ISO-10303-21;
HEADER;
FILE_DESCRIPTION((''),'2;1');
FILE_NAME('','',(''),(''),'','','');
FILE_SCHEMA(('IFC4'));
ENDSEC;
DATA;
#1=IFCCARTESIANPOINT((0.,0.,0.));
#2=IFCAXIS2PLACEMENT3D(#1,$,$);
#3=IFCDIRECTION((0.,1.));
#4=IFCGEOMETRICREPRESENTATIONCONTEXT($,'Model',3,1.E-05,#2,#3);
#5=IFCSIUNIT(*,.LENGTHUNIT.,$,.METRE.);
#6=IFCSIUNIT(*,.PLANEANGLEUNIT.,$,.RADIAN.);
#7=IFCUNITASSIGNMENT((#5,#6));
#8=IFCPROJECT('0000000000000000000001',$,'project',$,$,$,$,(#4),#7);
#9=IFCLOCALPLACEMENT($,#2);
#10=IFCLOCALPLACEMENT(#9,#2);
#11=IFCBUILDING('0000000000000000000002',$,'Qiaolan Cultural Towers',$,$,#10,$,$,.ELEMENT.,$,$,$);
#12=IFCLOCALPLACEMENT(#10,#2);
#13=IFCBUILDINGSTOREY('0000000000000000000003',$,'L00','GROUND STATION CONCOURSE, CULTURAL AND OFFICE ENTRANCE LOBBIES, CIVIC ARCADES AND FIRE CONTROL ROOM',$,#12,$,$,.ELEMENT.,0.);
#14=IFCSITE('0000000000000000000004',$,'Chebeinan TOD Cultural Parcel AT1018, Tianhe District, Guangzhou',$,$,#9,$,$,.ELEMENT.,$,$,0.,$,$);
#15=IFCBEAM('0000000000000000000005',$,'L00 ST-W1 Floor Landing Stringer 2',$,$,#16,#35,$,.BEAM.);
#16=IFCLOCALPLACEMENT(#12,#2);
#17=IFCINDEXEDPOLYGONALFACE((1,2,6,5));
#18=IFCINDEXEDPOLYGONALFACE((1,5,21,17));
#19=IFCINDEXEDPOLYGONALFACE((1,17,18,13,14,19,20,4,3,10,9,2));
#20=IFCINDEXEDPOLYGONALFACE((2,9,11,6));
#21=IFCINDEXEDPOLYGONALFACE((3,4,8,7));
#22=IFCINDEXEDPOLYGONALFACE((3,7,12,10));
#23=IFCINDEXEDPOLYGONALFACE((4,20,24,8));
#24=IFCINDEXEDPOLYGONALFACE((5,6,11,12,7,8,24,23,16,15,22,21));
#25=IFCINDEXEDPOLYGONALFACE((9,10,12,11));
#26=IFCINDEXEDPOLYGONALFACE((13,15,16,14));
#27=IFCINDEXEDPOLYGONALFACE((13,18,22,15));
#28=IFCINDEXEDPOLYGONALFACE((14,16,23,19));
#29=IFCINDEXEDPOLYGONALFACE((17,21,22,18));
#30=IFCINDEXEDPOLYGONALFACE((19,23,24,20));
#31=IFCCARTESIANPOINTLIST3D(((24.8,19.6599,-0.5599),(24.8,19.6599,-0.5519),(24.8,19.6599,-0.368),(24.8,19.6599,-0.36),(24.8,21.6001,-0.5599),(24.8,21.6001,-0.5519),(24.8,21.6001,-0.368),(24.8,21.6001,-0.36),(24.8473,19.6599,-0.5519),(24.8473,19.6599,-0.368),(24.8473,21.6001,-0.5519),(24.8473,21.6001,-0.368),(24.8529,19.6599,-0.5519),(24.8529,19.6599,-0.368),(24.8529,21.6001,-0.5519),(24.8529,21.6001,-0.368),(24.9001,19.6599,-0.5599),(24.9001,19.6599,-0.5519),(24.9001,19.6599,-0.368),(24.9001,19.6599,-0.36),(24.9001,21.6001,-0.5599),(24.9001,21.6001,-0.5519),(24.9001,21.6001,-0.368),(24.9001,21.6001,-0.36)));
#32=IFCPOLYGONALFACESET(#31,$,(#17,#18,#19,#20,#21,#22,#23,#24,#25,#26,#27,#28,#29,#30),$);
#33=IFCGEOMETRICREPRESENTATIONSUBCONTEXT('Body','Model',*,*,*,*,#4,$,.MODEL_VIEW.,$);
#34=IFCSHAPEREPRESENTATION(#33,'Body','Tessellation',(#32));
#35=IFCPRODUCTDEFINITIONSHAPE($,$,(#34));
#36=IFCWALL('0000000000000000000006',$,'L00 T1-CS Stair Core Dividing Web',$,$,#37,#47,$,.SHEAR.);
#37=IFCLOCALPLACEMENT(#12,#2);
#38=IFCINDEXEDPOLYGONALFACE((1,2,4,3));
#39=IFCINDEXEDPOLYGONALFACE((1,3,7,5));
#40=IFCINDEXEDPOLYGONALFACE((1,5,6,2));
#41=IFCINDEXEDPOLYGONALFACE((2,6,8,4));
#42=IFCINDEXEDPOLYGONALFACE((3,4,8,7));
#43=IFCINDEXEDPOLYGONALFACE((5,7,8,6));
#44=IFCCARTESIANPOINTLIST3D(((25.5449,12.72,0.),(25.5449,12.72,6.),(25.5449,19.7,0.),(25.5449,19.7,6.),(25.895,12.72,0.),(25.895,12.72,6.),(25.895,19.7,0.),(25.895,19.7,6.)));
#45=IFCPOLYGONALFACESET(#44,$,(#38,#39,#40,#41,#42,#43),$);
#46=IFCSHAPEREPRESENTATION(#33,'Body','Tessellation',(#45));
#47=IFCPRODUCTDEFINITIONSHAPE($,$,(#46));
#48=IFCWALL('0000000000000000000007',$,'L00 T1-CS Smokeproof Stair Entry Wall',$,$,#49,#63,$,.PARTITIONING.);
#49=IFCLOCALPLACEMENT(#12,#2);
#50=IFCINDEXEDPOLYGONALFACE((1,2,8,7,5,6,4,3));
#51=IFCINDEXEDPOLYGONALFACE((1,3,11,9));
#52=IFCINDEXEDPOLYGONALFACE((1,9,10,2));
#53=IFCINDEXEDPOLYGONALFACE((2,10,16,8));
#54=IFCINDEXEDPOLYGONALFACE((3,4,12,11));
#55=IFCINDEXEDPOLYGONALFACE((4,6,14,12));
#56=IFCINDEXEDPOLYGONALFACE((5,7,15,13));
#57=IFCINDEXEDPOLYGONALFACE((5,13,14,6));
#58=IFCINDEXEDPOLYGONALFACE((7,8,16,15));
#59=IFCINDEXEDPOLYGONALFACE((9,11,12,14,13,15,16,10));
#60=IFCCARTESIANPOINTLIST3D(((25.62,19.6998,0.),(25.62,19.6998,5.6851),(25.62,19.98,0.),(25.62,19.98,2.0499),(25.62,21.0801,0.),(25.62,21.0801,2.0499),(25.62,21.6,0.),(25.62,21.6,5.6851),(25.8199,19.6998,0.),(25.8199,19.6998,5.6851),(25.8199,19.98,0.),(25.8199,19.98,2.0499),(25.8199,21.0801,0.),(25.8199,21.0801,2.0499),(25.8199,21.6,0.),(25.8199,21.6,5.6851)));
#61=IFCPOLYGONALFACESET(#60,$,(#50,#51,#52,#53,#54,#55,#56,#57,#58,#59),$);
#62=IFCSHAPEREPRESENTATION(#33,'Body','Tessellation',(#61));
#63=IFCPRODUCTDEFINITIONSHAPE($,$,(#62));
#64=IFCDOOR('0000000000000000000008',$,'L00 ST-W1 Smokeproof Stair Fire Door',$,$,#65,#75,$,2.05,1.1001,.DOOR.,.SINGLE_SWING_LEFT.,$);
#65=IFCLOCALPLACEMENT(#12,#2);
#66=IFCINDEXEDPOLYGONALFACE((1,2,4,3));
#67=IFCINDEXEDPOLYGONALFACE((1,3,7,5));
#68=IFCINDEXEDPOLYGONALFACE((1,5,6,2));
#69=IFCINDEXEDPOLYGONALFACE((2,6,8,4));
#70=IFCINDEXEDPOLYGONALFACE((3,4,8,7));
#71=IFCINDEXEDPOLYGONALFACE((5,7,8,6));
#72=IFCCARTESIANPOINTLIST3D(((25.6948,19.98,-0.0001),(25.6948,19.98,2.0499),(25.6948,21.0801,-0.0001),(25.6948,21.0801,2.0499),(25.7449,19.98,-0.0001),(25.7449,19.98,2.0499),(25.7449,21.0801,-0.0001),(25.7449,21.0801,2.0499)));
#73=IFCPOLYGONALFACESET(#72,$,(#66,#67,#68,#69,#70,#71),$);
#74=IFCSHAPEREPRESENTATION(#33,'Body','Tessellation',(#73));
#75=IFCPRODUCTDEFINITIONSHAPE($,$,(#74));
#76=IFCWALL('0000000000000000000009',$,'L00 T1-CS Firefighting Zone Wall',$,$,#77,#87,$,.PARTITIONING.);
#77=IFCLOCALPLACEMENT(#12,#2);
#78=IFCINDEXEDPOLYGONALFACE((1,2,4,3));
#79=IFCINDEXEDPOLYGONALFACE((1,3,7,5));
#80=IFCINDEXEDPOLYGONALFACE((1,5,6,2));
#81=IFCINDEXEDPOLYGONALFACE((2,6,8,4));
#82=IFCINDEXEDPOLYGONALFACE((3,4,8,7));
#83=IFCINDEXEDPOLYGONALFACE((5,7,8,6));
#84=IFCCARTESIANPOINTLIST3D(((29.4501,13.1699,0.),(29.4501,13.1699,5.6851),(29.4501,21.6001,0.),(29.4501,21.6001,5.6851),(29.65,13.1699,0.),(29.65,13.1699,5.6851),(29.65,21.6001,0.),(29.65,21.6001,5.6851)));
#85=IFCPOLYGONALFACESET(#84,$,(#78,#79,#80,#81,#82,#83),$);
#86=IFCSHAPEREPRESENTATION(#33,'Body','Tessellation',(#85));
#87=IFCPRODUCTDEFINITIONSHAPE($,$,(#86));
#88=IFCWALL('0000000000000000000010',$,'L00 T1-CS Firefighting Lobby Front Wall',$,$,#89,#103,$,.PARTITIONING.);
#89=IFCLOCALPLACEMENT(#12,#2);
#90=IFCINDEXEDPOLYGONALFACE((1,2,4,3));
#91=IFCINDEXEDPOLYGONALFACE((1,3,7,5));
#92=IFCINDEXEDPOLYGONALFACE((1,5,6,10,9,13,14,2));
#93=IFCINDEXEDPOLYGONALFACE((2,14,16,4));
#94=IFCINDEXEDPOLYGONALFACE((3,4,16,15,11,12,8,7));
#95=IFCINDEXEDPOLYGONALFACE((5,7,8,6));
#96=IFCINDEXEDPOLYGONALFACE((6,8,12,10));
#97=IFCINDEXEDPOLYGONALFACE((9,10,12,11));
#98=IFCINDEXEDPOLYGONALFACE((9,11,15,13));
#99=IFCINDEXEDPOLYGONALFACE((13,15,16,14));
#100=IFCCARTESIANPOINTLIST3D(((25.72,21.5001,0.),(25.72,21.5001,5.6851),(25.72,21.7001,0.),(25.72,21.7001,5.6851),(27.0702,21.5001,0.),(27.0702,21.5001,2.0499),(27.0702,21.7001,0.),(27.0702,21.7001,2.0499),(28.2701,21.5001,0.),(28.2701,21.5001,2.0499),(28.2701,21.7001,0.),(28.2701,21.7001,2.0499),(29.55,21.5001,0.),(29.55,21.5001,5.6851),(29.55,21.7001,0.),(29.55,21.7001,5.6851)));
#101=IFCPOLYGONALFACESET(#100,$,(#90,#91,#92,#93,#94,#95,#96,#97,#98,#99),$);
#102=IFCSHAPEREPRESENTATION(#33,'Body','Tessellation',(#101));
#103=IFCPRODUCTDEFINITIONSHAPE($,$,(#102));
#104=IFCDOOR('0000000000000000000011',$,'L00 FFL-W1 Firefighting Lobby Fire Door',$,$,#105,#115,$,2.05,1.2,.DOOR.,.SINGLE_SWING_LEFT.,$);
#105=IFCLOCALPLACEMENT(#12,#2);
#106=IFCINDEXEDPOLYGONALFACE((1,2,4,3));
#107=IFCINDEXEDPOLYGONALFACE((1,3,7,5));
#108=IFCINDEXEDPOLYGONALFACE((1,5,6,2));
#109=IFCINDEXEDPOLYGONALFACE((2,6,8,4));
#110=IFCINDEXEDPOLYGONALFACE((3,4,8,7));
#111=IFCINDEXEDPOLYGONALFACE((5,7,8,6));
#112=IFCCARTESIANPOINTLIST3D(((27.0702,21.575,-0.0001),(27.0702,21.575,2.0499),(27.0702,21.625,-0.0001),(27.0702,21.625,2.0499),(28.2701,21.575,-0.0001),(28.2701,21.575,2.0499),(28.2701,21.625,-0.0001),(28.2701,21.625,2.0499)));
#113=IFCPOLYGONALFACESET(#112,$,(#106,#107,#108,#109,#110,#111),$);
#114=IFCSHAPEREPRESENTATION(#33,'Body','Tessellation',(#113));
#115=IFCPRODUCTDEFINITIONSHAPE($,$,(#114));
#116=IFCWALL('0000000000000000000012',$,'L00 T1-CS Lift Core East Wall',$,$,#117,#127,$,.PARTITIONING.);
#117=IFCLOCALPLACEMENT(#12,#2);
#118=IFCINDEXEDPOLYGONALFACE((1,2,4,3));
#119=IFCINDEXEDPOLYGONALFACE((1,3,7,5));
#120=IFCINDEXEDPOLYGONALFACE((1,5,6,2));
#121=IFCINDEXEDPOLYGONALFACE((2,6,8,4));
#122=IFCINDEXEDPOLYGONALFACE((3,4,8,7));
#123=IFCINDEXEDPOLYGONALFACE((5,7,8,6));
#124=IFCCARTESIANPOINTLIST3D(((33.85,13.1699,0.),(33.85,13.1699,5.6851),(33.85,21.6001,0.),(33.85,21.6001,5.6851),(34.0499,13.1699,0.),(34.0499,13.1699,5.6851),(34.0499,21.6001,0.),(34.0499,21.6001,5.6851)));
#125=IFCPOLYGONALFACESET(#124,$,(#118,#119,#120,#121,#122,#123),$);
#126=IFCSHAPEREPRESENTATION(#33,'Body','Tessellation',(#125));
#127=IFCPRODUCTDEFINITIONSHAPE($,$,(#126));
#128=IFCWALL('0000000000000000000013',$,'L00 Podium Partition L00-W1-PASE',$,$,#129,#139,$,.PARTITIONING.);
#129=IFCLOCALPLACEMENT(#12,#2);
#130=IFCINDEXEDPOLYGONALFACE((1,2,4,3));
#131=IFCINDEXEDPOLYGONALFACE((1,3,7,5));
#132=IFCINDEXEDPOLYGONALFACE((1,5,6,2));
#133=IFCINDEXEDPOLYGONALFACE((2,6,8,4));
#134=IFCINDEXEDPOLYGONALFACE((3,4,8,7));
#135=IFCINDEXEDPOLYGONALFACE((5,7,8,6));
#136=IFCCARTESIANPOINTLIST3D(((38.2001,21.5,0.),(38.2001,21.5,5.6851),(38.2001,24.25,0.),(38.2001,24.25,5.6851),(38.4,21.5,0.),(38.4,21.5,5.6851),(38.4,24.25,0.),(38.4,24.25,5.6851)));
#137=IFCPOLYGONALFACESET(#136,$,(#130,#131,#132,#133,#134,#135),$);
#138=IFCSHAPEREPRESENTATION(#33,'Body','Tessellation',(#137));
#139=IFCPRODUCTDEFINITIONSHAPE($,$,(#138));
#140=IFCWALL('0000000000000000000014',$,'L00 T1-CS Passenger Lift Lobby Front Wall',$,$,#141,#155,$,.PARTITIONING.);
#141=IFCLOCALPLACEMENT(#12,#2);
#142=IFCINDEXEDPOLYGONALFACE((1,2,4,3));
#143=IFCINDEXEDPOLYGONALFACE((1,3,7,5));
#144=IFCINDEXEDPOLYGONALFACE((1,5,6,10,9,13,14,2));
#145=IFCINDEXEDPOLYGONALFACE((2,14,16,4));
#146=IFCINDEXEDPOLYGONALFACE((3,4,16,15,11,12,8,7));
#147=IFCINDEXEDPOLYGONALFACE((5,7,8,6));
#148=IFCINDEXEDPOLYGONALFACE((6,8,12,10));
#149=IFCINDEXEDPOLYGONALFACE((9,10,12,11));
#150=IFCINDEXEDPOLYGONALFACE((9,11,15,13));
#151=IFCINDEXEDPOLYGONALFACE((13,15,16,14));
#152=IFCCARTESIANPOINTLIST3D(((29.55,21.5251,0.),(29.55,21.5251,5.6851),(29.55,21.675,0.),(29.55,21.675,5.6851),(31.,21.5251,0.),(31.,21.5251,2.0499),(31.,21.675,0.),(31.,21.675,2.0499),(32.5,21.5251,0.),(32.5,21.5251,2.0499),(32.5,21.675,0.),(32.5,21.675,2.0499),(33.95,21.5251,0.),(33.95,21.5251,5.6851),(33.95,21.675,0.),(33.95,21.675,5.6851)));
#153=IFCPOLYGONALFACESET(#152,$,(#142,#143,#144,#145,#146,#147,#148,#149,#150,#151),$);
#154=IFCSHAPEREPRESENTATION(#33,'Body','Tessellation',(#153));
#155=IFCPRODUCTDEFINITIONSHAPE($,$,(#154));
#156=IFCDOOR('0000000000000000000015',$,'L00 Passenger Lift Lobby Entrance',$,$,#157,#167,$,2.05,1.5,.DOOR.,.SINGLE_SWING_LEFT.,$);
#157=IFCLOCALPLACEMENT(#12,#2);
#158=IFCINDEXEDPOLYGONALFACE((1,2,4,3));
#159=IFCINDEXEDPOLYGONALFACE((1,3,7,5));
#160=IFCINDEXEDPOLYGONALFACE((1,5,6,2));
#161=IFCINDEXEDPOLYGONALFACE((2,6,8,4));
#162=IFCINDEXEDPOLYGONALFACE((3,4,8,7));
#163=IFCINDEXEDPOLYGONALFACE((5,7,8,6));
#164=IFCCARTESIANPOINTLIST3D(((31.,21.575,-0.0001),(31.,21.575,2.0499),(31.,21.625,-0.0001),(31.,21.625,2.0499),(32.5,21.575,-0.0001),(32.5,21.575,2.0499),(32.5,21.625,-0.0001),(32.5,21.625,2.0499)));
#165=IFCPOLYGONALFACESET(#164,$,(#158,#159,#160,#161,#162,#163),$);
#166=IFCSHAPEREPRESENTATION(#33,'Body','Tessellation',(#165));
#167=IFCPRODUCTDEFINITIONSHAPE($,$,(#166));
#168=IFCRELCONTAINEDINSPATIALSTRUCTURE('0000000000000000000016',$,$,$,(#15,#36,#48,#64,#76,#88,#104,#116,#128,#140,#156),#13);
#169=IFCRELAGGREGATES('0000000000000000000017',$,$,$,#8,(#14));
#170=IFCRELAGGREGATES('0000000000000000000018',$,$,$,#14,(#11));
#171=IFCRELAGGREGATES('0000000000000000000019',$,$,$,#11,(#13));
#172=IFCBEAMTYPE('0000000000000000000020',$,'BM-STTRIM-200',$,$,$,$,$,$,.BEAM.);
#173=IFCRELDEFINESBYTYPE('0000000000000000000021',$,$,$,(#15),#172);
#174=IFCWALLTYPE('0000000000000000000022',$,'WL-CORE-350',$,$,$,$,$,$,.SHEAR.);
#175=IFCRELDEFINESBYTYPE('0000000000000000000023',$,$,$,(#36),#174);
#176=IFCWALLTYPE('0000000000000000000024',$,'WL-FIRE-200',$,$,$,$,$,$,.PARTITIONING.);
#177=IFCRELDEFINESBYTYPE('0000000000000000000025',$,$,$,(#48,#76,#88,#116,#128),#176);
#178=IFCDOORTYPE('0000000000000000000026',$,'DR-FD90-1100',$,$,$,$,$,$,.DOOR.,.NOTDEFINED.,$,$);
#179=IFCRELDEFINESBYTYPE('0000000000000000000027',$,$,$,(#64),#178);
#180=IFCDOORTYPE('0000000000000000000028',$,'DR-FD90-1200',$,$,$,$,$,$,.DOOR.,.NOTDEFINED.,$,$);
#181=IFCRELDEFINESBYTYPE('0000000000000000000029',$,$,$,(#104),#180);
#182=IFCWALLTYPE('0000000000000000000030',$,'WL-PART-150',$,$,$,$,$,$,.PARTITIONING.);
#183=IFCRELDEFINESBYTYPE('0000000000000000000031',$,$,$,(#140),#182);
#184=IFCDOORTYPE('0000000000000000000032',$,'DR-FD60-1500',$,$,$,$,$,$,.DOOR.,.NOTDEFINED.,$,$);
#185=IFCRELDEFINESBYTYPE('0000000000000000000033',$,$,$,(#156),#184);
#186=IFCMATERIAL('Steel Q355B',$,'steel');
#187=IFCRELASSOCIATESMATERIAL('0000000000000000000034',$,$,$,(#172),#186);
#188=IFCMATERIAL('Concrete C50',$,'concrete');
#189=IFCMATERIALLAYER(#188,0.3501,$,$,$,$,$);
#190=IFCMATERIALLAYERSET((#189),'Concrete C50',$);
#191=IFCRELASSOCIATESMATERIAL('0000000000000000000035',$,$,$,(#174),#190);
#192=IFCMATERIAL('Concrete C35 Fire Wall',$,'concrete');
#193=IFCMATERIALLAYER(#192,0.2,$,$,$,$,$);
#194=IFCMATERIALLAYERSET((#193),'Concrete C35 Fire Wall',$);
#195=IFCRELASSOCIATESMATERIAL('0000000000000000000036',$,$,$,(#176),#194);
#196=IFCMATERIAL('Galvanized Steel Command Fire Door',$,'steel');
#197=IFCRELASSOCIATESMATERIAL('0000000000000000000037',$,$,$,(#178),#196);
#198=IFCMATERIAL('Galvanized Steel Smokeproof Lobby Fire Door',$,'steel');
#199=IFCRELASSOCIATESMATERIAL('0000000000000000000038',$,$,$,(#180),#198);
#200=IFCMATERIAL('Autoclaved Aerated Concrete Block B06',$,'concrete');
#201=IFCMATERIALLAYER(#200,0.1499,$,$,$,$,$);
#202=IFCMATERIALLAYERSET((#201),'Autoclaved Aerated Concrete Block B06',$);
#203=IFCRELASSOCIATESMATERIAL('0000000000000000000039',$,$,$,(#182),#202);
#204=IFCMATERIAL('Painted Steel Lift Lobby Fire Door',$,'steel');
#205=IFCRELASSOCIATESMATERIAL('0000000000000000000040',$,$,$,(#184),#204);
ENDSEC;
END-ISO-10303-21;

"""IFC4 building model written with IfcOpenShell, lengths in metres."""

from ifc_helpers import new_model, si_unit, direction, frame, frame_2d, origin, origin_2d, place, context, subcontext, project, spatial, rectangle, i_section, extrude, material, layer, layer_set, material_profile, profile_set, type_object, element, fill, save


model = new_model("IFC4")

# Units and contexts
model_context = context("Model", 3, precision=1e-05, world=origin(), true_north=direction((0.0, 1.0)))
body_context = subcontext(model_context, "Body", "Model", "MODEL_VIEW")
ifc_project = project(units=[si_unit("LENGTHUNIT", "METRE"), si_unit("PLANEANGLEUNIT", "RADIAN")], contexts=[model_context])

# Site, building, storey
site_placement = place(None, origin())
site = spatial("IfcSite", under=ifc_project, at=site_placement, Name="Chebeinan TOD Cultural Parcel AT1018, Tianhe District, Guangzhou", CompositionType="ELEMENT", RefElevation=0.0)
building_placement = place(site_placement, origin())
building = spatial("IfcBuilding", under=site, at=building_placement, Name="Qiaolan Cultural Towers", CompositionType="ELEMENT")
storey_placement = place(building_placement, origin())
storey = spatial("IfcBuildingStorey", under=building, at=storey_placement, Name="L00", Description="GROUND STATION CONCOURSE, CULTURAL AND OFFICE ENTRANCE LOBBIES, CIVIC ARCADES AND FIRE CONTROL ROOM", CompositionType="ELEMENT", Elevation=0.0)

# Beam
ifc_material_1 = material(Name="Steel Q355B", Category="steel")
ifc_material_profile = material_profile(ifc_material_1, i_section(OverallWidth=0.1001, OverallDepth=0.2, WebThickness=0.0056, FlangeThickness=0.0081, at=origin_2d()), Name="HN200x100x5.5x8")
ifc_profile_set = profile_set([ifc_material_profile], Name="Steel Q355B")
beam_type = type_object("IfcBeamType", Name="BM-STTRIM-200", PredefinedType="BEAM", material=ifc_profile_set)
beam_placement = place(storey_placement, frame((24.8501, 21.6001, -0.46), z_axis=(0.0, -1.0, 0.0), x_axis=(1.0, 0.0, 0.0)))
element("IfcBeam", 1, at=beam_placement, inside=storey, type_object=beam_type, Name="L00 ST-W1 Floor Landing Stringer 2", PredefinedType="BEAM", context=body_context, shape_type="SweptSolid", body=[
    extrude(i_section(OverallWidth=0.1001, OverallDepth=0.2, WebThickness=0.0056, FlangeThickness=0.0081, at=origin_2d()), origin(), (0.0, 0.0, 1.0), 1.9402),
])

# Wall
ifc_material_2 = material(Name="Concrete C50", Category="concrete")
ifc_layer_1 = layer(ifc_material_2, 0.3501)
ifc_layer_set_1 = layer_set([ifc_layer_1], Name="Concrete C50")
wall_type_1 = type_object("IfcWallType", Name="WL-CORE-350", PredefinedType="SHEAR", material=ifc_layer_set_1)
wall_1_placement = place(storey_placement, frame((25.72, 19.7, 0.0), z_axis=(0.0, 0.0, 1.0), x_axis=(0.0, -1.0, 0.0)))
element("IfcWall", 2, at=wall_1_placement, inside=storey, type_object=wall_type_1, Name="L00 T1-CS Stair Core Dividing Web", PredefinedType="SHEAR", context=body_context, shape_type="SweptSolid", body=[
    extrude(rectangle(XDim=6.98, YDim=0.3501, at=frame_2d((3.49, 0.0))), origin(), (0.0, 0.0, 1.0), 6.0),
])

# Wall, opening, door
ifc_material_3 = material(Name="Concrete C35 Fire Wall", Category="concrete")
ifc_layer_2 = layer(ifc_material_3, 0.2)
ifc_layer_set_2 = layer_set([ifc_layer_2], Name="Concrete C35 Fire Wall")
wall_type_2 = type_object("IfcWallType", Name="WL-FIRE-200", PredefinedType="PARTITIONING", material=ifc_layer_set_2)
wall_2_placement = place(storey_placement, frame((25.72, 21.6001, 0.0), z_axis=(0.0, 0.0, 1.0), x_axis=(0.0, -1.0, 0.0)))
wall_2 = element("IfcWall", 3, at=wall_2_placement, inside=storey, type_object=wall_type_2, Name="L00 T1-CS Smokeproof Stair Entry Wall", PredefinedType="PARTITIONING", context=body_context, shape_type="SweptSolid", body=[
    extrude(rectangle(XDim=1.9001, YDim=0.2, at=frame_2d((0.9502, 0.0))), origin(), (0.0, 0.0, 1.0), 5.6851),
])
opening_1_placement = place(wall_2_placement, frame((0.52, 0.0, 0.0)))
opening_1 = element("IfcOpeningElement", 4, at=opening_1_placement, cuts=wall_2, PredefinedType="OPENING", context=body_context, shape_type="SweptSolid", body=[
    extrude(rectangle(XDim=1.1001, YDim=2.05, at=frame_2d((0.55, 1.0249))), frame((0.0, 0.1099, 0.0), z_axis=(0.0, -1.0, 0.0), x_axis=(1.0, 0.0, 0.0)), (0.0, 0.0, 1.0), 0.22),
])
ifc_material_4 = material(Name="Galvanized Steel Command Fire Door", Category="steel")
door_type_1 = type_object("IfcDoorType", Name="DR-FD90-1100", OperationType="NOTDEFINED", PredefinedType="DOOR", material=ifc_material_4)
door_1_placement = place(opening_1_placement, origin())
door_1 = element("IfcDoor", 5, at=door_1_placement, inside=storey, type_object=door_type_1, Name="L00 ST-W1 Smokeproof Stair Fire Door", OperationType="SINGLE_SWING_LEFT", OverallHeight=2.05, OverallWidth=1.1001, PredefinedType="DOOR", context=body_context, shape_type="SweptSolid", body=[
    extrude(rectangle(XDim=1.1001, YDim=2.05, at=frame_2d((0.55, 1.0249))), frame((0.0, 0.0249, 0.0), z_axis=(0.0, -1.0, 0.0), x_axis=(1.0, 0.0, 0.0)), (0.0, 0.0, 1.0), 0.05),
])
fill(opening_1, door_1)

# Wall
wall_3_placement = place(storey_placement, frame((29.55, 21.6001, 0.0), z_axis=(0.0, 0.0, 1.0), x_axis=(0.0, -1.0, 0.0)))
element("IfcWall", 6, at=wall_3_placement, inside=storey, type_object=wall_type_2, Name="L00 T1-CS Firefighting Zone Wall", PredefinedType="PARTITIONING", context=body_context, shape_type="SweptSolid", body=[
    extrude(rectangle(XDim=8.4302, YDim=0.2, at=frame_2d((4.2151, 0.0))), origin(), (0.0, 0.0, 1.0), 5.6851),
])

# Wall, opening, door
wall_4_placement = place(storey_placement, frame((25.72, 21.6001, 0.0), z_axis=(0.0, 0.0, 1.0), x_axis=(1.0, 0.0, 0.0)))
wall_4 = element("IfcWall", 7, at=wall_4_placement, inside=storey, type_object=wall_type_2, Name="L00 T1-CS Firefighting Lobby Front Wall", PredefinedType="PARTITIONING", context=body_context, shape_type="SweptSolid", body=[
    extrude(rectangle(XDim=3.8301, YDim=0.2, at=frame_2d((1.915, 0.0))), origin(), (0.0, 0.0, 1.0), 5.6851),
])
opening_2_placement = place(wall_4_placement, frame((1.3501, 0.0, 0.0)))
opening_2 = element("IfcOpeningElement", 8, at=opening_2_placement, cuts=wall_4, PredefinedType="OPENING", context=body_context, shape_type="SweptSolid", body=[
    extrude(rectangle(XDim=1.2, YDim=2.05, at=frame_2d((0.6001, 1.0249))), frame((0.0, 0.1099, 0.0), z_axis=(0.0, -1.0, 0.0), x_axis=(1.0, 0.0, 0.0)), (0.0, 0.0, 1.0), 0.22),
])
ifc_material_5 = material(Name="Galvanized Steel Smokeproof Lobby Fire Door", Category="steel")
door_type_2 = type_object("IfcDoorType", Name="DR-FD90-1200", OperationType="NOTDEFINED", PredefinedType="DOOR", material=ifc_material_5)
door_2_placement = place(opening_2_placement, origin())
door_2 = element("IfcDoor", 9, at=door_2_placement, inside=storey, type_object=door_type_2, Name="L00 FFL-W1 Firefighting Lobby Fire Door", OperationType="SINGLE_SWING_LEFT", OverallHeight=2.05, OverallWidth=1.2, PredefinedType="DOOR", context=body_context, shape_type="SweptSolid", body=[
    extrude(rectangle(XDim=1.2, YDim=2.05, at=frame_2d((0.6001, 1.0249))), frame((0.0, 0.0249, 0.0), z_axis=(0.0, -1.0, 0.0), x_axis=(1.0, 0.0, 0.0)), (0.0, 0.0, 1.0), 0.05),
])
fill(opening_2, door_2)

# Walls
wall_5_placement = place(storey_placement, frame((33.95, 21.6001, 0.0), z_axis=(0.0, 0.0, 1.0), x_axis=(0.0, -1.0, 0.0)))
element("IfcWall", 10, at=wall_5_placement, inside=storey, type_object=wall_type_2, Name="L00 T1-CS Lift Core East Wall", PredefinedType="PARTITIONING", context=body_context, shape_type="SweptSolid", body=[
    extrude(rectangle(XDim=8.4302, YDim=0.2, at=frame_2d((4.2151, 0.0))), origin(), (0.0, 0.0, 1.0), 5.6851),
])
wall_6_placement = place(storey_placement, frame((38.3, 21.5, 0.0), z_axis=(0.0, 0.0, 1.0), x_axis=(0.0, 1.0, 0.0)))
element("IfcWall", 11, at=wall_6_placement, inside=storey, type_object=wall_type_2, Name="L00 Podium Partition L00-W1-PASE", PredefinedType="PARTITIONING", context=body_context, shape_type="SweptSolid", body=[
    extrude(rectangle(XDim=2.75, YDim=0.2, at=frame_2d((1.375, 0.0))), origin(), (0.0, 0.0, 1.0), 5.6851),
])

# Wall, opening, door
ifc_material_6 = material(Name="Autoclaved Aerated Concrete Block B06", Category="concrete")
ifc_layer_3 = layer(ifc_material_6, 0.1499)
ifc_layer_set_3 = layer_set([ifc_layer_3], Name="Autoclaved Aerated Concrete Block B06")
wall_type_3 = type_object("IfcWallType", Name="WL-PART-150", PredefinedType="PARTITIONING", material=ifc_layer_set_3)
wall_7_placement = place(storey_placement, frame((29.55, 21.6001, 0.0), z_axis=(0.0, 0.0, 1.0), x_axis=(1.0, 0.0, 0.0)))
wall_7 = element("IfcWall", 12, at=wall_7_placement, inside=storey, type_object=wall_type_3, Name="L00 T1-CS Passenger Lift Lobby Front Wall", PredefinedType="PARTITIONING", context=body_context, shape_type="SweptSolid", body=[
    extrude(rectangle(XDim=4.3999, YDim=0.1499, at=frame_2d((2.2, 0.0))), origin(), (0.0, 0.0, 1.0), 5.6851),
])
opening_3_placement = place(wall_7_placement, frame((1.45, 0.0, 0.0)))
opening_3 = element("IfcOpeningElement", 13, at=opening_3_placement, cuts=wall_7, PredefinedType="OPENING", context=body_context, shape_type="SweptSolid", body=[
    extrude(rectangle(XDim=1.5, YDim=2.05, at=frame_2d((0.75, 1.0249))), frame((0.0, 0.085, 0.0), z_axis=(0.0, -1.0, 0.0), x_axis=(1.0, 0.0, 0.0)), (0.0, 0.0, 1.0), 0.1699),
])
ifc_material_7 = material(Name="Painted Steel Lift Lobby Fire Door", Category="steel")
door_type_3 = type_object("IfcDoorType", Name="DR-FD60-1500", OperationType="NOTDEFINED", PredefinedType="DOOR", material=ifc_material_7)
door_3_placement = place(opening_3_placement, origin())
door_3 = element("IfcDoor", 14, at=door_3_placement, inside=storey, type_object=door_type_3, Name="L00 Passenger Lift Lobby Entrance", OperationType="SINGLE_SWING_LEFT", OverallHeight=2.05, OverallWidth=1.5, PredefinedType="DOOR", context=body_context, shape_type="SweptSolid", body=[
    extrude(rectangle(XDim=1.5, YDim=2.05, at=frame_2d((0.75, 1.0249))), frame((0.0, 0.0249, 0.0), z_axis=(0.0, -1.0, 0.0), x_axis=(1.0, 0.0, 0.0)), (0.0, 0.0, 1.0), 0.05),
])
fill(opening_3, door_3)

save(model, "model.ifc")
